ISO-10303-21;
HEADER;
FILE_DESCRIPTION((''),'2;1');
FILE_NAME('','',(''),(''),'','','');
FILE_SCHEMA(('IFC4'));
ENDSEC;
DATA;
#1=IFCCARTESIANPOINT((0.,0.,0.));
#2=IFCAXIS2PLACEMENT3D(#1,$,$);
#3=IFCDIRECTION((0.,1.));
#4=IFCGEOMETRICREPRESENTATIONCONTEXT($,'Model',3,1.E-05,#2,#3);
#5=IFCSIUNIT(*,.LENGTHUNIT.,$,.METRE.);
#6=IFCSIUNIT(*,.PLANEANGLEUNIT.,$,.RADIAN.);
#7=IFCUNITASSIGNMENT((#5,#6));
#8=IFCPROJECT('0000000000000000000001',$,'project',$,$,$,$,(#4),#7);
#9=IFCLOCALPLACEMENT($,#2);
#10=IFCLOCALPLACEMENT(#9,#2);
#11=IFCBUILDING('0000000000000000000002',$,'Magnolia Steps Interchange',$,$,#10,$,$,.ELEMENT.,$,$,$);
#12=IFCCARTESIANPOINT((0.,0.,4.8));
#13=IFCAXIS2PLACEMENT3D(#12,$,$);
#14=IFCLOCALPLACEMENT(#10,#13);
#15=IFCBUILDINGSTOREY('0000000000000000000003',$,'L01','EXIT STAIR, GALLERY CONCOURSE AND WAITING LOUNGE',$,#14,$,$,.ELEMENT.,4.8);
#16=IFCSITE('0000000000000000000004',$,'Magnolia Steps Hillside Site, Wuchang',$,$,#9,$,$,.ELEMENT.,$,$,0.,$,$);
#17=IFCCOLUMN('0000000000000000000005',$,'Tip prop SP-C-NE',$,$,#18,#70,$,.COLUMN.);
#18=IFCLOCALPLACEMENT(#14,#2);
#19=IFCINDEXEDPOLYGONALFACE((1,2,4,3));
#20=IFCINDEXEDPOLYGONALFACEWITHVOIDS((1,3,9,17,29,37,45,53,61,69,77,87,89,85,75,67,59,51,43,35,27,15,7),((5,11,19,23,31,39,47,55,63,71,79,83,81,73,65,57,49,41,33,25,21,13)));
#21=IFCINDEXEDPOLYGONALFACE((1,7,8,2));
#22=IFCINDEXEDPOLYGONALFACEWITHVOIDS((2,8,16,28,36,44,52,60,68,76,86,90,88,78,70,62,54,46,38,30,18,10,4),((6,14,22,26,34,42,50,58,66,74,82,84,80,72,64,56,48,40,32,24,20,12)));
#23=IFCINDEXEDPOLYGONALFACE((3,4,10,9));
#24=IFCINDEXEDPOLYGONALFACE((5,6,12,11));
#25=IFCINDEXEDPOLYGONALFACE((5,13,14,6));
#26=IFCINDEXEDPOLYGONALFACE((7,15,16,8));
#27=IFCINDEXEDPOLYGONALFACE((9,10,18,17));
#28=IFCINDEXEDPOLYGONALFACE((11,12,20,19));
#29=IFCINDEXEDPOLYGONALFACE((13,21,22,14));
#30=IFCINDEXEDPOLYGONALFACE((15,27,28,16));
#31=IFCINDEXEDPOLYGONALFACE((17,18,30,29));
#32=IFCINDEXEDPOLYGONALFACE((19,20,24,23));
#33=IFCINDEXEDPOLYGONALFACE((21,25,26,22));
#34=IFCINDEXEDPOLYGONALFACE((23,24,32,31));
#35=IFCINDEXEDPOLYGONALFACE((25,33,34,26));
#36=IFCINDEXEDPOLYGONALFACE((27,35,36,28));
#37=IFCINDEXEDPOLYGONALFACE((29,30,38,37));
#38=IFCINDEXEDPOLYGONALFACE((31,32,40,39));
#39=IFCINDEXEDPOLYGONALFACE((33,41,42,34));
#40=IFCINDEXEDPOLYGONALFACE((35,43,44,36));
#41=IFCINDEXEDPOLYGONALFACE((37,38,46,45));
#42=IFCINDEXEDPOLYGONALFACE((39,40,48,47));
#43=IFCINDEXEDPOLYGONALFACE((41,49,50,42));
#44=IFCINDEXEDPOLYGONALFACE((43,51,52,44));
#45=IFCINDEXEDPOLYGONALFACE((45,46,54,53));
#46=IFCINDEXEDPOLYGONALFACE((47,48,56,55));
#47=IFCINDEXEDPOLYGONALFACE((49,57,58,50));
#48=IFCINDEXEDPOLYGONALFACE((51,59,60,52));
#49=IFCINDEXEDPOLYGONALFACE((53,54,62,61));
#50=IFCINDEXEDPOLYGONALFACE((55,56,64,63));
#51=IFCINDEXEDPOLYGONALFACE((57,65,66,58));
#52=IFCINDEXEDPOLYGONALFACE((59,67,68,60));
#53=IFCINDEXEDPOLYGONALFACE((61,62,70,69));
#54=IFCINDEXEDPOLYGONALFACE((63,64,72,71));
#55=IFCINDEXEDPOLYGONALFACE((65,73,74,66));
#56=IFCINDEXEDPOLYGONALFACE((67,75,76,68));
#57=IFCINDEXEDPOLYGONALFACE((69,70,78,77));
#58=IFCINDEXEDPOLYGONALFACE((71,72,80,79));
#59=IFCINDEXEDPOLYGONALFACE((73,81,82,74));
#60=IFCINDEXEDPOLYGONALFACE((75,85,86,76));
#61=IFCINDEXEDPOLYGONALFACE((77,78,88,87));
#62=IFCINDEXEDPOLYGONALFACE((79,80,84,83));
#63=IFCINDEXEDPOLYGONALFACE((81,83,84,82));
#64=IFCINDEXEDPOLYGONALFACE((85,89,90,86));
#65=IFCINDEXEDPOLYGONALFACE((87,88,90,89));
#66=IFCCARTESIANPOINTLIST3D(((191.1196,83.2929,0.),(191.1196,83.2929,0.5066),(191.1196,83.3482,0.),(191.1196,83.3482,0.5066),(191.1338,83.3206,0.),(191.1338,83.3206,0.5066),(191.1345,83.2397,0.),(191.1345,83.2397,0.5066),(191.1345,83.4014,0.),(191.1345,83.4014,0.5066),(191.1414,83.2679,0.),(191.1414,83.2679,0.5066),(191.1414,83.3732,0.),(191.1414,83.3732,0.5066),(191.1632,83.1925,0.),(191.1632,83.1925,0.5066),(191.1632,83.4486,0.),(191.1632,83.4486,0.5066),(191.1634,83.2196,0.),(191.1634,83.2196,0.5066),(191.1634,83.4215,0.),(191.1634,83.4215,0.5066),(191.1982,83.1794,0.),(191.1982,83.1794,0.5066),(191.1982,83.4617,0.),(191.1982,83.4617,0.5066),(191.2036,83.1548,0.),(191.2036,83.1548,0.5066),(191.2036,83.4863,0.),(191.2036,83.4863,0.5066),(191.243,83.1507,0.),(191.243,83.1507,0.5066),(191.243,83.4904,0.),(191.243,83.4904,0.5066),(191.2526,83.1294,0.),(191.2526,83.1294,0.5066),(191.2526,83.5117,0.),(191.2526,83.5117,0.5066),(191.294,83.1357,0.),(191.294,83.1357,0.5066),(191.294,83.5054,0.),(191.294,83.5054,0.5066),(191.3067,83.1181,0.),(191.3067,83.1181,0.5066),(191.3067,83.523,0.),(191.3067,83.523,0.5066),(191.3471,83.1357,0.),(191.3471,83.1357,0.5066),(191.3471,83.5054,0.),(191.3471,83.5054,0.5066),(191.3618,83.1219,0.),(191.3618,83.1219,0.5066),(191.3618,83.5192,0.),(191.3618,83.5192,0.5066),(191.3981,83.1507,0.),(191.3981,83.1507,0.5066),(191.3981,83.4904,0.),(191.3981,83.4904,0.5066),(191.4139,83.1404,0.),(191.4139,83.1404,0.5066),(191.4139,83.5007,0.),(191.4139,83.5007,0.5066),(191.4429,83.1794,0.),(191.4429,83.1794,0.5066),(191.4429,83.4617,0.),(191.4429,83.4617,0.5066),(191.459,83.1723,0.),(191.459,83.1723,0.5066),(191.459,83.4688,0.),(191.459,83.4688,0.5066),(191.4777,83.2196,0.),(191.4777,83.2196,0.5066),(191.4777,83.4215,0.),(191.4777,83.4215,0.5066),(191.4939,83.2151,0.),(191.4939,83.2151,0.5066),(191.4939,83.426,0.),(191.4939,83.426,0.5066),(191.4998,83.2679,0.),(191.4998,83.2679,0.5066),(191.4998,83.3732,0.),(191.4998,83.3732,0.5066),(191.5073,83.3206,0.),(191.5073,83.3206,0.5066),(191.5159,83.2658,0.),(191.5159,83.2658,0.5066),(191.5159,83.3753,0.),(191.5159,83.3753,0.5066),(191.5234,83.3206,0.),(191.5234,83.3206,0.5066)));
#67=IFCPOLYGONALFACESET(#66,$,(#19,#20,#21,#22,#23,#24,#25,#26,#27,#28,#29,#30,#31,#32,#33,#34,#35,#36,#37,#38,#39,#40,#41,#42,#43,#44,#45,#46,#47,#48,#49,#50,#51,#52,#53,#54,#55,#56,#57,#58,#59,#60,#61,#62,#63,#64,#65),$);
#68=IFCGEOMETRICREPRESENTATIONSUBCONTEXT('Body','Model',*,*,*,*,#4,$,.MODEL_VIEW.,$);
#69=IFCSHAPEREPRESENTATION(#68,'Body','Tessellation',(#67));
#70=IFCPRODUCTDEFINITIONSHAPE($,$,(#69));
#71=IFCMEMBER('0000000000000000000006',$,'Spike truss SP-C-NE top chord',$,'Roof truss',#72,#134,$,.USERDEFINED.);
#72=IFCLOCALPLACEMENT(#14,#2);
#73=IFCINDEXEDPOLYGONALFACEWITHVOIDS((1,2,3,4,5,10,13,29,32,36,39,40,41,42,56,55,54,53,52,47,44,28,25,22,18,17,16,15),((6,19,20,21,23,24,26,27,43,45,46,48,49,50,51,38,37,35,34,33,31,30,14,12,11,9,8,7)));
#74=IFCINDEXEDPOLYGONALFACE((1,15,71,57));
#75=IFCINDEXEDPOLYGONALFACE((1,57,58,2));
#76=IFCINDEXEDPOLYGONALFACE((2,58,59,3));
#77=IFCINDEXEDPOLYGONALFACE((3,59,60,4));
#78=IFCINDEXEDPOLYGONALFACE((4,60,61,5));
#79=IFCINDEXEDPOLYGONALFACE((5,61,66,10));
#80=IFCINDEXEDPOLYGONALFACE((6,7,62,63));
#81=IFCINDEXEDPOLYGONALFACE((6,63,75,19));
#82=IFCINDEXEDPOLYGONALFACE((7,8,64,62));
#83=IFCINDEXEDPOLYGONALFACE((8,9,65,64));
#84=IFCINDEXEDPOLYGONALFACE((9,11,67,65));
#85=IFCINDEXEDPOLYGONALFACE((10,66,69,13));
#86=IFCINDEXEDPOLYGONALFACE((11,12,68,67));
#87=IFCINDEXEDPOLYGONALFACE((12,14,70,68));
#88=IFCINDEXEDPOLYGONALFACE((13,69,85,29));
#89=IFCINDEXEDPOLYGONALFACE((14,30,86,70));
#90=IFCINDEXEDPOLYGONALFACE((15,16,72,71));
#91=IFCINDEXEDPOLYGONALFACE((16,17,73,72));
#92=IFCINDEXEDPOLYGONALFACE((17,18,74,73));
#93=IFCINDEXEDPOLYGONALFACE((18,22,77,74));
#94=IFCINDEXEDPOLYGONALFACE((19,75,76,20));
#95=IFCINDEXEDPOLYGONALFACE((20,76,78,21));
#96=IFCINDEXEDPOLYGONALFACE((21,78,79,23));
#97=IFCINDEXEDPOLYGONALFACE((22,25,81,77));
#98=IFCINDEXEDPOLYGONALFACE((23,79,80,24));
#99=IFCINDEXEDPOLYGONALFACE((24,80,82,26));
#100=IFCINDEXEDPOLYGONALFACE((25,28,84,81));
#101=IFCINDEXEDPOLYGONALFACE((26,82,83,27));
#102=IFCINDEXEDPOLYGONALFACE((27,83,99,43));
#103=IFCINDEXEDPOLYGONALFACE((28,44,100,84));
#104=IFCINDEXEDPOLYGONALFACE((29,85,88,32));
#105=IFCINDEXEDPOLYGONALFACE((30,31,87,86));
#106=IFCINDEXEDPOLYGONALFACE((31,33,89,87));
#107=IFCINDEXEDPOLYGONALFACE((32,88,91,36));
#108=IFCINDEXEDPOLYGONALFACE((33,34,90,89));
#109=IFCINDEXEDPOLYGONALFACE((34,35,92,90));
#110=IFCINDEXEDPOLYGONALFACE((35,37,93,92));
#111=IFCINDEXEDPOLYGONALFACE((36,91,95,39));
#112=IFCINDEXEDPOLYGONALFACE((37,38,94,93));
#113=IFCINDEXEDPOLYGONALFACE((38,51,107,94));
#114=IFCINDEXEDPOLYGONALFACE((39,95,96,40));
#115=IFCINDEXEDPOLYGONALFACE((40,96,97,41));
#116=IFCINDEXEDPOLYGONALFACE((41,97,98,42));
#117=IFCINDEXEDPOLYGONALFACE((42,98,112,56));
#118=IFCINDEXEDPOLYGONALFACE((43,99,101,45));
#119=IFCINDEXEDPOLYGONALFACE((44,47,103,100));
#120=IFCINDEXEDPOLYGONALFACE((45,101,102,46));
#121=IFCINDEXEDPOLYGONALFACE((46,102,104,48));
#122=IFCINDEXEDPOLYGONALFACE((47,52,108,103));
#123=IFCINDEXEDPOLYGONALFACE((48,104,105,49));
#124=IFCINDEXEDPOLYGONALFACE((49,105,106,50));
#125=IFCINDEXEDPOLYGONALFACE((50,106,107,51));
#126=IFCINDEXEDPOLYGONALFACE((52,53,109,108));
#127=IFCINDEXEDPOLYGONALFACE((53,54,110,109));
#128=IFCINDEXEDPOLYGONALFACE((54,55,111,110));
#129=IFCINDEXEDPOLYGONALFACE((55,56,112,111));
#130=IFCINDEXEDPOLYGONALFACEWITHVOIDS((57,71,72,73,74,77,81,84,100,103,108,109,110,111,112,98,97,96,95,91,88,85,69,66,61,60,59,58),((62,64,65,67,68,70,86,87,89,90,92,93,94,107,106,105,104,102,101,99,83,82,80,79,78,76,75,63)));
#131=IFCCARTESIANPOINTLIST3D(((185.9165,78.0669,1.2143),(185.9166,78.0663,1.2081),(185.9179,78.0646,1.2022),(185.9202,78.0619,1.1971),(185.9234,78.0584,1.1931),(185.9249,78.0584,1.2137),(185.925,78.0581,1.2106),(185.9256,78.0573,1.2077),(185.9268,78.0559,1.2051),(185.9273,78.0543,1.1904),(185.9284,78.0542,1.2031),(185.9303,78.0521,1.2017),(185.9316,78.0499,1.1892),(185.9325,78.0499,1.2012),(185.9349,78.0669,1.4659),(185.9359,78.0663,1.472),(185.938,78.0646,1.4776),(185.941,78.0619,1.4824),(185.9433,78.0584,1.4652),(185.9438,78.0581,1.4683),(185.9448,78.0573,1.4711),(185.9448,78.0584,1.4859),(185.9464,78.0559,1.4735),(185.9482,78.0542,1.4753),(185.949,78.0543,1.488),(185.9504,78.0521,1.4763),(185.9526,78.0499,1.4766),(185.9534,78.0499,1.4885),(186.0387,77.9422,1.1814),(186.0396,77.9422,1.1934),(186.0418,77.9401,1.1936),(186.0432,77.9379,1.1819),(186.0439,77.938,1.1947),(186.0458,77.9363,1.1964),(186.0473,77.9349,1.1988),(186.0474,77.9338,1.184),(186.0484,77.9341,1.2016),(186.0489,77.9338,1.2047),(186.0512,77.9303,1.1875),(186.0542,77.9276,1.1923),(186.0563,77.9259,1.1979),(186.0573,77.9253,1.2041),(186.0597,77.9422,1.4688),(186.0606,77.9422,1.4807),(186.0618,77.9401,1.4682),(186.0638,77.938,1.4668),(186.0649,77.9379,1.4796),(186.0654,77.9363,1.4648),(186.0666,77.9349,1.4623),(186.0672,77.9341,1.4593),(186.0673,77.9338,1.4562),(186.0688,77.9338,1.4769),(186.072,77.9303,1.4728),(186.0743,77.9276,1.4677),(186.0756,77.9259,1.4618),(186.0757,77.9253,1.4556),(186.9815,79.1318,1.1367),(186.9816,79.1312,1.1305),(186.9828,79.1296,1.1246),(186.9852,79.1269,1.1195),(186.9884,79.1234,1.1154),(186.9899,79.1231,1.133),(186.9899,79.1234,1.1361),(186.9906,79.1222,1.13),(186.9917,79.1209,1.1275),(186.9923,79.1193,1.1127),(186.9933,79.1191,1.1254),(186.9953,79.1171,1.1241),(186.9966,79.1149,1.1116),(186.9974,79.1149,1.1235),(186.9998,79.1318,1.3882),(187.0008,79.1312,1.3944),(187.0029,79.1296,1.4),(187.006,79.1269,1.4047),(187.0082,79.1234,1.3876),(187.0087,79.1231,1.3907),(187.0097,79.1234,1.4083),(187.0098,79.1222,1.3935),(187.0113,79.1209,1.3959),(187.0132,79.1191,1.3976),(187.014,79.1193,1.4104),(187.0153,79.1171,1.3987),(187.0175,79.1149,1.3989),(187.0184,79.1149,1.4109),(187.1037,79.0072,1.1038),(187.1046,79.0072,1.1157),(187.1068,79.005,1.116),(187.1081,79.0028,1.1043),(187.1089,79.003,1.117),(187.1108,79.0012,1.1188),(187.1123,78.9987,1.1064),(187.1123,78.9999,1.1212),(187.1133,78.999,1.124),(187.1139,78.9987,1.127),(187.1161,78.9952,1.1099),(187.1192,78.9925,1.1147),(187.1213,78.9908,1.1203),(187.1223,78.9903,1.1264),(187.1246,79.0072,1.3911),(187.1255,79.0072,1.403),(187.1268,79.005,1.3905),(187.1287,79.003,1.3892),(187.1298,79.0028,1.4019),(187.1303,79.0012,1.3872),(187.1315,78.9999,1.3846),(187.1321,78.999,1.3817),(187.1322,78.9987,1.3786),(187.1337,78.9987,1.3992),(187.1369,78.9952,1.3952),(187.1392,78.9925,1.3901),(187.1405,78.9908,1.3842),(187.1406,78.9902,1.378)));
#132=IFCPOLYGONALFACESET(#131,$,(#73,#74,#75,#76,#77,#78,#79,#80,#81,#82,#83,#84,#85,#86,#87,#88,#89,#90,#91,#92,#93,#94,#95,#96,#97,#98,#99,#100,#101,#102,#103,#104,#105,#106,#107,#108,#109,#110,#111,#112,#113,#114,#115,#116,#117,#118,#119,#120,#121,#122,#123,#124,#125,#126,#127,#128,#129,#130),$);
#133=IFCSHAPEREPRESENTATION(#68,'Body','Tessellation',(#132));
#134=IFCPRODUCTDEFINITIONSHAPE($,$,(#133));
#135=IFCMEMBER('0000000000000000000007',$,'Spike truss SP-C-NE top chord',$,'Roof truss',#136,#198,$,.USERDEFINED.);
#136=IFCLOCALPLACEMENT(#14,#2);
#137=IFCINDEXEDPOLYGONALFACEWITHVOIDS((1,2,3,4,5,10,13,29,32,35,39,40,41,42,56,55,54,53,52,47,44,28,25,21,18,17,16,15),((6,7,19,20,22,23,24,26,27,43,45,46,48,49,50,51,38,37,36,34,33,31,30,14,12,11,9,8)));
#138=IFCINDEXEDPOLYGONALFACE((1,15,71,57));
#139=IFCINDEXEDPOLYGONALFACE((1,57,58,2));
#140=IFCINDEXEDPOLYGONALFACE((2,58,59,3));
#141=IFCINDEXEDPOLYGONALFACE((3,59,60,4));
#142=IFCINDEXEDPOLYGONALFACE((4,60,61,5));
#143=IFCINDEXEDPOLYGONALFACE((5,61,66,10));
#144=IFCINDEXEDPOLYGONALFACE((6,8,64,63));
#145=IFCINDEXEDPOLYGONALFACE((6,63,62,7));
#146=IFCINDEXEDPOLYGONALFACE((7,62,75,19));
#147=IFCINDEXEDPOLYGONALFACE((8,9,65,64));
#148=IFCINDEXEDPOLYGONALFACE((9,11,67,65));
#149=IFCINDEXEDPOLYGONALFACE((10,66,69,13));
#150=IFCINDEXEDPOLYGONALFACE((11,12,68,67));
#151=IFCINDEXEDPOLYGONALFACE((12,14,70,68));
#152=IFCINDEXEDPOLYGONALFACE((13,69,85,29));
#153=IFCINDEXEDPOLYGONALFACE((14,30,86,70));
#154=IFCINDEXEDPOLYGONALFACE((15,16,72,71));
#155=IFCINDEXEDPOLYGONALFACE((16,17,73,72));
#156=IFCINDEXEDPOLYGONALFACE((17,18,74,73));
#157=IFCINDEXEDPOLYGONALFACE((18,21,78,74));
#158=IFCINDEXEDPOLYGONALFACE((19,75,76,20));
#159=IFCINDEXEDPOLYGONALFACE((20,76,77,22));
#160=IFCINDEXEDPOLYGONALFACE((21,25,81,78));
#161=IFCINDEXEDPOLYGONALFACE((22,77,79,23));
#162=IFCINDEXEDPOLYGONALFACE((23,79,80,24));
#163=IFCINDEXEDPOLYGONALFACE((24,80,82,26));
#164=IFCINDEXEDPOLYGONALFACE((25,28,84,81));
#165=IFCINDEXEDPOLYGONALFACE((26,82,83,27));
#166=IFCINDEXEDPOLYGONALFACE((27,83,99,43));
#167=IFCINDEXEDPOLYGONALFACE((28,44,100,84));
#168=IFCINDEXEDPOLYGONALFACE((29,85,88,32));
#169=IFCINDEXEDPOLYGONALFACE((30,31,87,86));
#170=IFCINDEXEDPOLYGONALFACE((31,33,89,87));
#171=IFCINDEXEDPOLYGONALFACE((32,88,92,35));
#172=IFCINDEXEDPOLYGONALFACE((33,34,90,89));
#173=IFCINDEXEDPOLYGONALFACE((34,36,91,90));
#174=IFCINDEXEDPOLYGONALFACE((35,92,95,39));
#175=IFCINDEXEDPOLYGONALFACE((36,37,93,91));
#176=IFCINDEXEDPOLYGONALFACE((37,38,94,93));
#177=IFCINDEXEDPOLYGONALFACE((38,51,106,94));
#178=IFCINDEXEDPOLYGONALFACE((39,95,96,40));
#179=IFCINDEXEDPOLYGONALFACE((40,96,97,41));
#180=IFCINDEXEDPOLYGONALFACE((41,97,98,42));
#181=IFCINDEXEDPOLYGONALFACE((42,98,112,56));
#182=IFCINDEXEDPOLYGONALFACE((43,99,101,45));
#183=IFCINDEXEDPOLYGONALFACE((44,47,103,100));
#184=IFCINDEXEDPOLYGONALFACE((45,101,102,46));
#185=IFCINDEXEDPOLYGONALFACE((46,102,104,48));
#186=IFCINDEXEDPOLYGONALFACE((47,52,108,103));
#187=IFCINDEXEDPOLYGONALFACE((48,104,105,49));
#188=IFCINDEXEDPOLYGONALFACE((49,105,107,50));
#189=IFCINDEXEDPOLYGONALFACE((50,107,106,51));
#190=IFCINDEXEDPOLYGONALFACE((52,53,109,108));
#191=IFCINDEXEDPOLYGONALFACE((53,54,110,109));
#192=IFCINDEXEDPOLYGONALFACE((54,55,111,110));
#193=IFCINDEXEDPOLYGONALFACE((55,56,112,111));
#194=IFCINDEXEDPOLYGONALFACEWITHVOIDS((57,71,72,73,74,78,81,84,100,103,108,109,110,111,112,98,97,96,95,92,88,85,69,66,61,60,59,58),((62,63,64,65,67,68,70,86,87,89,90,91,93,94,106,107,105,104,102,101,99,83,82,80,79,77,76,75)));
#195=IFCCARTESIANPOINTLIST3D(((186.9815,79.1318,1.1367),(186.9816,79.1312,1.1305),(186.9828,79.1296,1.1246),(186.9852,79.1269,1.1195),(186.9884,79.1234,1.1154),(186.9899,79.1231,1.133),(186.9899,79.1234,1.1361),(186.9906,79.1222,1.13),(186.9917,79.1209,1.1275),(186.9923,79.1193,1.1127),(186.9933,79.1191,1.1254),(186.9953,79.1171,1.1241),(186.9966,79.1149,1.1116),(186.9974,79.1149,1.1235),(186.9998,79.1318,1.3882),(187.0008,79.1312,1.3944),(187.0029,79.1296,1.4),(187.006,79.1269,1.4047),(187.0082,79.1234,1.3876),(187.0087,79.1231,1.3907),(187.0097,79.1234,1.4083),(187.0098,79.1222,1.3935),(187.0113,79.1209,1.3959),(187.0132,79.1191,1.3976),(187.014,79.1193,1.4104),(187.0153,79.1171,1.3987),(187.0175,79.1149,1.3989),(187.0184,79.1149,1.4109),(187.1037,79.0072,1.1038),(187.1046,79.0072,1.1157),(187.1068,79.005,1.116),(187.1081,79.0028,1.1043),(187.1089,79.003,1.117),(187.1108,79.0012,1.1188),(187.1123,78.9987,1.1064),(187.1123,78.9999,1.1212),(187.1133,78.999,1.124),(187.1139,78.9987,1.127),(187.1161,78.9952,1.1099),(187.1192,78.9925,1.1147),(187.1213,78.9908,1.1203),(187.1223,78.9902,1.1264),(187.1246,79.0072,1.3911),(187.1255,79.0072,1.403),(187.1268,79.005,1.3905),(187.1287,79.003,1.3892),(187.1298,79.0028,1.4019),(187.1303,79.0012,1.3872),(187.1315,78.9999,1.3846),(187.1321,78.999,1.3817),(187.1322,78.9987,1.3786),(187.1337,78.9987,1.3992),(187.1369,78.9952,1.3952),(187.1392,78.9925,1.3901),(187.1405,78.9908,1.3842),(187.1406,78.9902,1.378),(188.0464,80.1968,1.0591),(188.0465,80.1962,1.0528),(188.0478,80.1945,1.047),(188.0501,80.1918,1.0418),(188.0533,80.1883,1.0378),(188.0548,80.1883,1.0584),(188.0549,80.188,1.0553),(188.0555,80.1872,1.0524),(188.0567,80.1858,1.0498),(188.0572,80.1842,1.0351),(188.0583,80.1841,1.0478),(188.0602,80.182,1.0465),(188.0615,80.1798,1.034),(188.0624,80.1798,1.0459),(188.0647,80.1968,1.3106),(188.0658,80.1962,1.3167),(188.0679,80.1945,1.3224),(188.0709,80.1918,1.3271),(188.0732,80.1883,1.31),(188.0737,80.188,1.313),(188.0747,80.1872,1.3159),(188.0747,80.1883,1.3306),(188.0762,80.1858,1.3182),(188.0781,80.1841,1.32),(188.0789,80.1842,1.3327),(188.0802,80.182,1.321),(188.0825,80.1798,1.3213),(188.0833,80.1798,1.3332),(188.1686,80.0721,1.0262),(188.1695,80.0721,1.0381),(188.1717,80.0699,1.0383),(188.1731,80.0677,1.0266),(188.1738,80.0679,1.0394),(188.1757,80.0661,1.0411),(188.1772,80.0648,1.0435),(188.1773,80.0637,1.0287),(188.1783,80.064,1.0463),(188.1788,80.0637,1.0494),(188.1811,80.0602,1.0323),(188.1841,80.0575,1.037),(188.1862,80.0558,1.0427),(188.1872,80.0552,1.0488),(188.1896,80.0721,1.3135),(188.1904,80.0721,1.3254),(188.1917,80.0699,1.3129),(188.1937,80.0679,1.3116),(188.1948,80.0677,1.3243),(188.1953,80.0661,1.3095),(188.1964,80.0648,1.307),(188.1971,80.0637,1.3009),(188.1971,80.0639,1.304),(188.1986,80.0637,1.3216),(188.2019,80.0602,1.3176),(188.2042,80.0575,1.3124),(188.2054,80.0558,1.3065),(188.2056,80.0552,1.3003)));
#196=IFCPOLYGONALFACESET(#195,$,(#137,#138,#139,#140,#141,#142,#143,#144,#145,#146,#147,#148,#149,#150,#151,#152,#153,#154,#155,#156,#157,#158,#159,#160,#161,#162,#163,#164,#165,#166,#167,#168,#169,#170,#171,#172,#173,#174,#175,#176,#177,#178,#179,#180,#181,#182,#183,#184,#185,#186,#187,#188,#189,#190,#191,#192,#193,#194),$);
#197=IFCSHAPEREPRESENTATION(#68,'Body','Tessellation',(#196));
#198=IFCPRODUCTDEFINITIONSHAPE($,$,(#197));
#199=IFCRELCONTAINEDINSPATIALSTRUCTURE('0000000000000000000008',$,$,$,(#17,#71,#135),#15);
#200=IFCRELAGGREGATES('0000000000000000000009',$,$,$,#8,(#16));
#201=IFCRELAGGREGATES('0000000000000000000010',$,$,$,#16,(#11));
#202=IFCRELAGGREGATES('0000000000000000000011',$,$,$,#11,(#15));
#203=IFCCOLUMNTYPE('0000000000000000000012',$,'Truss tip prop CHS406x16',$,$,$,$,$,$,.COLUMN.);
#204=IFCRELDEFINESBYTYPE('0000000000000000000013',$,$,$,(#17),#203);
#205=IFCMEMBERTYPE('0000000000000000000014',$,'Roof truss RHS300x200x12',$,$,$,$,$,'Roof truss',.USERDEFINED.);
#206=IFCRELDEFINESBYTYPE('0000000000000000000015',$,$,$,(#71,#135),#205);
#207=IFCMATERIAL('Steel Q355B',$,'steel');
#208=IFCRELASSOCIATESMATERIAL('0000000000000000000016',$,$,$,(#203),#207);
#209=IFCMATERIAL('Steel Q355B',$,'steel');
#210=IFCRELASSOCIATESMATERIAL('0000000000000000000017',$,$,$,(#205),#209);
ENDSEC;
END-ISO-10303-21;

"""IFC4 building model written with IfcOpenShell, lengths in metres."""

from ifc_helpers import new_model, si_unit, direction, frame, origin, origin_2d, place, context, subcontext, project, spatial, hollow_rectangle, hollow_circle, extrude, material, material_profile, profile_set, type_object, element, save


model = new_model("IFC4")

# Units and contexts
model_context = context("Model", 3, precision=1e-05, world=origin(), true_north=direction((0.0, 1.0)))
body_context = subcontext(model_context, "Body", "Model", "MODEL_VIEW")
ifc_project = project(units=[si_unit("LENGTHUNIT", "METRE"), si_unit("PLANEANGLEUNIT", "RADIAN")], contexts=[model_context])

# Site, building, storey
site_placement = place(None, origin())
site = spatial("IfcSite", under=ifc_project, at=site_placement, Name="Magnolia Steps Hillside Site, Wuchang", CompositionType="ELEMENT", RefElevation=0.0)
building_placement = place(site_placement, origin())
building = spatial("IfcBuilding", under=site, at=building_placement, Name="Magnolia Steps Interchange", CompositionType="ELEMENT")
storey_placement = place(building_placement, frame((0.0, 0.0, 4.8)))
storey = spatial("IfcBuildingStorey", under=building, at=storey_placement, Name="L01", Description="EXIT STAIR, GALLERY CONCOURSE AND WAITING LOUNGE", CompositionType="ELEMENT", Elevation=4.8)

# Column
ifc_material_1 = material(Name="Steel Q355B", Category="steel")
ifc_material_profile_1 = material_profile(ifc_material_1, hollow_circle(Radius=0.2029, WallThickness=0.0161, at=origin_2d()), Name="CHS406x16")
ifc_profile_set_1 = profile_set([ifc_material_profile_1], Name="Steel Q355B")
column_type = type_object("IfcColumnType", Name="Truss tip prop CHS406x16", PredefinedType="COLUMN", material=ifc_profile_set_1)
column_placement = place(storey_placement, frame((191.3206, 83.3206, 0.0), z_axis=(0.0, 0.0, 1.0), x_axis=(1.0, 0.0, 0.0)))
element("IfcColumn", 1, at=column_placement, inside=storey, type_object=column_type, Name="Tip prop SP-C-NE", PredefinedType="COLUMN", context=body_context, shape_type="SweptSolid", body=[
    extrude(hollow_circle(Radius=0.2029, WallThickness=0.0161, at=origin_2d()), origin(), (0.0, 0.0, 1.0), 0.5066),
])

# Members
ifc_material_2 = material(Name="Steel Q355B", Category="steel")
ifc_material_profile_2 = material_profile(ifc_material_2, hollow_rectangle(XDim=0.2, YDim=0.3, WallThickness=0.012, InnerFilletRadius=0.012, OuterFilletRadius=0.0239, at=origin_2d()), Name="RHS300x200x12")
ifc_profile_set_2 = profile_set([ifc_material_profile_2], Name="Steel Q355B")
member_type_1 = type_object("IfcMemberType", Name="Roof truss RHS300x200x12", ElementType="Roof truss", PredefinedType="USERDEFINED", material=ifc_profile_set_2)
for number, where, z_axis, x_axis, name in (
    (2, (185.9961, 77.9961, 1.335), (0.706169, 0.706169, -0.051481), (-0.704299, 0.708043, 0.051355), "Spike truss SP-C-NE top chord"),
    (3, (187.061, 79.061, 1.2573), (0.706169, 0.706169, -0.051481), (-0.704299, 0.708043, 0.051355), "Spike truss SP-C-NE top chord"),
):
    element("IfcMember", number, at=place(storey_placement, frame(where, z_axis=z_axis, x_axis=x_axis)), inside=storey, type_object=member_type_1, Name=name, ObjectType="Roof truss", PredefinedType="USERDEFINED", context=body_context, shape_type="SweptSolid", body=[
        extrude(hollow_rectangle(XDim=0.2, YDim=0.3, WallThickness=0.012, InnerFilletRadius=0.012, OuterFilletRadius=0.0239, at=origin_2d()), origin(), (0.0, 0.0, 1.0), 1.5081),
    ])

save(model, "model.ifc")
